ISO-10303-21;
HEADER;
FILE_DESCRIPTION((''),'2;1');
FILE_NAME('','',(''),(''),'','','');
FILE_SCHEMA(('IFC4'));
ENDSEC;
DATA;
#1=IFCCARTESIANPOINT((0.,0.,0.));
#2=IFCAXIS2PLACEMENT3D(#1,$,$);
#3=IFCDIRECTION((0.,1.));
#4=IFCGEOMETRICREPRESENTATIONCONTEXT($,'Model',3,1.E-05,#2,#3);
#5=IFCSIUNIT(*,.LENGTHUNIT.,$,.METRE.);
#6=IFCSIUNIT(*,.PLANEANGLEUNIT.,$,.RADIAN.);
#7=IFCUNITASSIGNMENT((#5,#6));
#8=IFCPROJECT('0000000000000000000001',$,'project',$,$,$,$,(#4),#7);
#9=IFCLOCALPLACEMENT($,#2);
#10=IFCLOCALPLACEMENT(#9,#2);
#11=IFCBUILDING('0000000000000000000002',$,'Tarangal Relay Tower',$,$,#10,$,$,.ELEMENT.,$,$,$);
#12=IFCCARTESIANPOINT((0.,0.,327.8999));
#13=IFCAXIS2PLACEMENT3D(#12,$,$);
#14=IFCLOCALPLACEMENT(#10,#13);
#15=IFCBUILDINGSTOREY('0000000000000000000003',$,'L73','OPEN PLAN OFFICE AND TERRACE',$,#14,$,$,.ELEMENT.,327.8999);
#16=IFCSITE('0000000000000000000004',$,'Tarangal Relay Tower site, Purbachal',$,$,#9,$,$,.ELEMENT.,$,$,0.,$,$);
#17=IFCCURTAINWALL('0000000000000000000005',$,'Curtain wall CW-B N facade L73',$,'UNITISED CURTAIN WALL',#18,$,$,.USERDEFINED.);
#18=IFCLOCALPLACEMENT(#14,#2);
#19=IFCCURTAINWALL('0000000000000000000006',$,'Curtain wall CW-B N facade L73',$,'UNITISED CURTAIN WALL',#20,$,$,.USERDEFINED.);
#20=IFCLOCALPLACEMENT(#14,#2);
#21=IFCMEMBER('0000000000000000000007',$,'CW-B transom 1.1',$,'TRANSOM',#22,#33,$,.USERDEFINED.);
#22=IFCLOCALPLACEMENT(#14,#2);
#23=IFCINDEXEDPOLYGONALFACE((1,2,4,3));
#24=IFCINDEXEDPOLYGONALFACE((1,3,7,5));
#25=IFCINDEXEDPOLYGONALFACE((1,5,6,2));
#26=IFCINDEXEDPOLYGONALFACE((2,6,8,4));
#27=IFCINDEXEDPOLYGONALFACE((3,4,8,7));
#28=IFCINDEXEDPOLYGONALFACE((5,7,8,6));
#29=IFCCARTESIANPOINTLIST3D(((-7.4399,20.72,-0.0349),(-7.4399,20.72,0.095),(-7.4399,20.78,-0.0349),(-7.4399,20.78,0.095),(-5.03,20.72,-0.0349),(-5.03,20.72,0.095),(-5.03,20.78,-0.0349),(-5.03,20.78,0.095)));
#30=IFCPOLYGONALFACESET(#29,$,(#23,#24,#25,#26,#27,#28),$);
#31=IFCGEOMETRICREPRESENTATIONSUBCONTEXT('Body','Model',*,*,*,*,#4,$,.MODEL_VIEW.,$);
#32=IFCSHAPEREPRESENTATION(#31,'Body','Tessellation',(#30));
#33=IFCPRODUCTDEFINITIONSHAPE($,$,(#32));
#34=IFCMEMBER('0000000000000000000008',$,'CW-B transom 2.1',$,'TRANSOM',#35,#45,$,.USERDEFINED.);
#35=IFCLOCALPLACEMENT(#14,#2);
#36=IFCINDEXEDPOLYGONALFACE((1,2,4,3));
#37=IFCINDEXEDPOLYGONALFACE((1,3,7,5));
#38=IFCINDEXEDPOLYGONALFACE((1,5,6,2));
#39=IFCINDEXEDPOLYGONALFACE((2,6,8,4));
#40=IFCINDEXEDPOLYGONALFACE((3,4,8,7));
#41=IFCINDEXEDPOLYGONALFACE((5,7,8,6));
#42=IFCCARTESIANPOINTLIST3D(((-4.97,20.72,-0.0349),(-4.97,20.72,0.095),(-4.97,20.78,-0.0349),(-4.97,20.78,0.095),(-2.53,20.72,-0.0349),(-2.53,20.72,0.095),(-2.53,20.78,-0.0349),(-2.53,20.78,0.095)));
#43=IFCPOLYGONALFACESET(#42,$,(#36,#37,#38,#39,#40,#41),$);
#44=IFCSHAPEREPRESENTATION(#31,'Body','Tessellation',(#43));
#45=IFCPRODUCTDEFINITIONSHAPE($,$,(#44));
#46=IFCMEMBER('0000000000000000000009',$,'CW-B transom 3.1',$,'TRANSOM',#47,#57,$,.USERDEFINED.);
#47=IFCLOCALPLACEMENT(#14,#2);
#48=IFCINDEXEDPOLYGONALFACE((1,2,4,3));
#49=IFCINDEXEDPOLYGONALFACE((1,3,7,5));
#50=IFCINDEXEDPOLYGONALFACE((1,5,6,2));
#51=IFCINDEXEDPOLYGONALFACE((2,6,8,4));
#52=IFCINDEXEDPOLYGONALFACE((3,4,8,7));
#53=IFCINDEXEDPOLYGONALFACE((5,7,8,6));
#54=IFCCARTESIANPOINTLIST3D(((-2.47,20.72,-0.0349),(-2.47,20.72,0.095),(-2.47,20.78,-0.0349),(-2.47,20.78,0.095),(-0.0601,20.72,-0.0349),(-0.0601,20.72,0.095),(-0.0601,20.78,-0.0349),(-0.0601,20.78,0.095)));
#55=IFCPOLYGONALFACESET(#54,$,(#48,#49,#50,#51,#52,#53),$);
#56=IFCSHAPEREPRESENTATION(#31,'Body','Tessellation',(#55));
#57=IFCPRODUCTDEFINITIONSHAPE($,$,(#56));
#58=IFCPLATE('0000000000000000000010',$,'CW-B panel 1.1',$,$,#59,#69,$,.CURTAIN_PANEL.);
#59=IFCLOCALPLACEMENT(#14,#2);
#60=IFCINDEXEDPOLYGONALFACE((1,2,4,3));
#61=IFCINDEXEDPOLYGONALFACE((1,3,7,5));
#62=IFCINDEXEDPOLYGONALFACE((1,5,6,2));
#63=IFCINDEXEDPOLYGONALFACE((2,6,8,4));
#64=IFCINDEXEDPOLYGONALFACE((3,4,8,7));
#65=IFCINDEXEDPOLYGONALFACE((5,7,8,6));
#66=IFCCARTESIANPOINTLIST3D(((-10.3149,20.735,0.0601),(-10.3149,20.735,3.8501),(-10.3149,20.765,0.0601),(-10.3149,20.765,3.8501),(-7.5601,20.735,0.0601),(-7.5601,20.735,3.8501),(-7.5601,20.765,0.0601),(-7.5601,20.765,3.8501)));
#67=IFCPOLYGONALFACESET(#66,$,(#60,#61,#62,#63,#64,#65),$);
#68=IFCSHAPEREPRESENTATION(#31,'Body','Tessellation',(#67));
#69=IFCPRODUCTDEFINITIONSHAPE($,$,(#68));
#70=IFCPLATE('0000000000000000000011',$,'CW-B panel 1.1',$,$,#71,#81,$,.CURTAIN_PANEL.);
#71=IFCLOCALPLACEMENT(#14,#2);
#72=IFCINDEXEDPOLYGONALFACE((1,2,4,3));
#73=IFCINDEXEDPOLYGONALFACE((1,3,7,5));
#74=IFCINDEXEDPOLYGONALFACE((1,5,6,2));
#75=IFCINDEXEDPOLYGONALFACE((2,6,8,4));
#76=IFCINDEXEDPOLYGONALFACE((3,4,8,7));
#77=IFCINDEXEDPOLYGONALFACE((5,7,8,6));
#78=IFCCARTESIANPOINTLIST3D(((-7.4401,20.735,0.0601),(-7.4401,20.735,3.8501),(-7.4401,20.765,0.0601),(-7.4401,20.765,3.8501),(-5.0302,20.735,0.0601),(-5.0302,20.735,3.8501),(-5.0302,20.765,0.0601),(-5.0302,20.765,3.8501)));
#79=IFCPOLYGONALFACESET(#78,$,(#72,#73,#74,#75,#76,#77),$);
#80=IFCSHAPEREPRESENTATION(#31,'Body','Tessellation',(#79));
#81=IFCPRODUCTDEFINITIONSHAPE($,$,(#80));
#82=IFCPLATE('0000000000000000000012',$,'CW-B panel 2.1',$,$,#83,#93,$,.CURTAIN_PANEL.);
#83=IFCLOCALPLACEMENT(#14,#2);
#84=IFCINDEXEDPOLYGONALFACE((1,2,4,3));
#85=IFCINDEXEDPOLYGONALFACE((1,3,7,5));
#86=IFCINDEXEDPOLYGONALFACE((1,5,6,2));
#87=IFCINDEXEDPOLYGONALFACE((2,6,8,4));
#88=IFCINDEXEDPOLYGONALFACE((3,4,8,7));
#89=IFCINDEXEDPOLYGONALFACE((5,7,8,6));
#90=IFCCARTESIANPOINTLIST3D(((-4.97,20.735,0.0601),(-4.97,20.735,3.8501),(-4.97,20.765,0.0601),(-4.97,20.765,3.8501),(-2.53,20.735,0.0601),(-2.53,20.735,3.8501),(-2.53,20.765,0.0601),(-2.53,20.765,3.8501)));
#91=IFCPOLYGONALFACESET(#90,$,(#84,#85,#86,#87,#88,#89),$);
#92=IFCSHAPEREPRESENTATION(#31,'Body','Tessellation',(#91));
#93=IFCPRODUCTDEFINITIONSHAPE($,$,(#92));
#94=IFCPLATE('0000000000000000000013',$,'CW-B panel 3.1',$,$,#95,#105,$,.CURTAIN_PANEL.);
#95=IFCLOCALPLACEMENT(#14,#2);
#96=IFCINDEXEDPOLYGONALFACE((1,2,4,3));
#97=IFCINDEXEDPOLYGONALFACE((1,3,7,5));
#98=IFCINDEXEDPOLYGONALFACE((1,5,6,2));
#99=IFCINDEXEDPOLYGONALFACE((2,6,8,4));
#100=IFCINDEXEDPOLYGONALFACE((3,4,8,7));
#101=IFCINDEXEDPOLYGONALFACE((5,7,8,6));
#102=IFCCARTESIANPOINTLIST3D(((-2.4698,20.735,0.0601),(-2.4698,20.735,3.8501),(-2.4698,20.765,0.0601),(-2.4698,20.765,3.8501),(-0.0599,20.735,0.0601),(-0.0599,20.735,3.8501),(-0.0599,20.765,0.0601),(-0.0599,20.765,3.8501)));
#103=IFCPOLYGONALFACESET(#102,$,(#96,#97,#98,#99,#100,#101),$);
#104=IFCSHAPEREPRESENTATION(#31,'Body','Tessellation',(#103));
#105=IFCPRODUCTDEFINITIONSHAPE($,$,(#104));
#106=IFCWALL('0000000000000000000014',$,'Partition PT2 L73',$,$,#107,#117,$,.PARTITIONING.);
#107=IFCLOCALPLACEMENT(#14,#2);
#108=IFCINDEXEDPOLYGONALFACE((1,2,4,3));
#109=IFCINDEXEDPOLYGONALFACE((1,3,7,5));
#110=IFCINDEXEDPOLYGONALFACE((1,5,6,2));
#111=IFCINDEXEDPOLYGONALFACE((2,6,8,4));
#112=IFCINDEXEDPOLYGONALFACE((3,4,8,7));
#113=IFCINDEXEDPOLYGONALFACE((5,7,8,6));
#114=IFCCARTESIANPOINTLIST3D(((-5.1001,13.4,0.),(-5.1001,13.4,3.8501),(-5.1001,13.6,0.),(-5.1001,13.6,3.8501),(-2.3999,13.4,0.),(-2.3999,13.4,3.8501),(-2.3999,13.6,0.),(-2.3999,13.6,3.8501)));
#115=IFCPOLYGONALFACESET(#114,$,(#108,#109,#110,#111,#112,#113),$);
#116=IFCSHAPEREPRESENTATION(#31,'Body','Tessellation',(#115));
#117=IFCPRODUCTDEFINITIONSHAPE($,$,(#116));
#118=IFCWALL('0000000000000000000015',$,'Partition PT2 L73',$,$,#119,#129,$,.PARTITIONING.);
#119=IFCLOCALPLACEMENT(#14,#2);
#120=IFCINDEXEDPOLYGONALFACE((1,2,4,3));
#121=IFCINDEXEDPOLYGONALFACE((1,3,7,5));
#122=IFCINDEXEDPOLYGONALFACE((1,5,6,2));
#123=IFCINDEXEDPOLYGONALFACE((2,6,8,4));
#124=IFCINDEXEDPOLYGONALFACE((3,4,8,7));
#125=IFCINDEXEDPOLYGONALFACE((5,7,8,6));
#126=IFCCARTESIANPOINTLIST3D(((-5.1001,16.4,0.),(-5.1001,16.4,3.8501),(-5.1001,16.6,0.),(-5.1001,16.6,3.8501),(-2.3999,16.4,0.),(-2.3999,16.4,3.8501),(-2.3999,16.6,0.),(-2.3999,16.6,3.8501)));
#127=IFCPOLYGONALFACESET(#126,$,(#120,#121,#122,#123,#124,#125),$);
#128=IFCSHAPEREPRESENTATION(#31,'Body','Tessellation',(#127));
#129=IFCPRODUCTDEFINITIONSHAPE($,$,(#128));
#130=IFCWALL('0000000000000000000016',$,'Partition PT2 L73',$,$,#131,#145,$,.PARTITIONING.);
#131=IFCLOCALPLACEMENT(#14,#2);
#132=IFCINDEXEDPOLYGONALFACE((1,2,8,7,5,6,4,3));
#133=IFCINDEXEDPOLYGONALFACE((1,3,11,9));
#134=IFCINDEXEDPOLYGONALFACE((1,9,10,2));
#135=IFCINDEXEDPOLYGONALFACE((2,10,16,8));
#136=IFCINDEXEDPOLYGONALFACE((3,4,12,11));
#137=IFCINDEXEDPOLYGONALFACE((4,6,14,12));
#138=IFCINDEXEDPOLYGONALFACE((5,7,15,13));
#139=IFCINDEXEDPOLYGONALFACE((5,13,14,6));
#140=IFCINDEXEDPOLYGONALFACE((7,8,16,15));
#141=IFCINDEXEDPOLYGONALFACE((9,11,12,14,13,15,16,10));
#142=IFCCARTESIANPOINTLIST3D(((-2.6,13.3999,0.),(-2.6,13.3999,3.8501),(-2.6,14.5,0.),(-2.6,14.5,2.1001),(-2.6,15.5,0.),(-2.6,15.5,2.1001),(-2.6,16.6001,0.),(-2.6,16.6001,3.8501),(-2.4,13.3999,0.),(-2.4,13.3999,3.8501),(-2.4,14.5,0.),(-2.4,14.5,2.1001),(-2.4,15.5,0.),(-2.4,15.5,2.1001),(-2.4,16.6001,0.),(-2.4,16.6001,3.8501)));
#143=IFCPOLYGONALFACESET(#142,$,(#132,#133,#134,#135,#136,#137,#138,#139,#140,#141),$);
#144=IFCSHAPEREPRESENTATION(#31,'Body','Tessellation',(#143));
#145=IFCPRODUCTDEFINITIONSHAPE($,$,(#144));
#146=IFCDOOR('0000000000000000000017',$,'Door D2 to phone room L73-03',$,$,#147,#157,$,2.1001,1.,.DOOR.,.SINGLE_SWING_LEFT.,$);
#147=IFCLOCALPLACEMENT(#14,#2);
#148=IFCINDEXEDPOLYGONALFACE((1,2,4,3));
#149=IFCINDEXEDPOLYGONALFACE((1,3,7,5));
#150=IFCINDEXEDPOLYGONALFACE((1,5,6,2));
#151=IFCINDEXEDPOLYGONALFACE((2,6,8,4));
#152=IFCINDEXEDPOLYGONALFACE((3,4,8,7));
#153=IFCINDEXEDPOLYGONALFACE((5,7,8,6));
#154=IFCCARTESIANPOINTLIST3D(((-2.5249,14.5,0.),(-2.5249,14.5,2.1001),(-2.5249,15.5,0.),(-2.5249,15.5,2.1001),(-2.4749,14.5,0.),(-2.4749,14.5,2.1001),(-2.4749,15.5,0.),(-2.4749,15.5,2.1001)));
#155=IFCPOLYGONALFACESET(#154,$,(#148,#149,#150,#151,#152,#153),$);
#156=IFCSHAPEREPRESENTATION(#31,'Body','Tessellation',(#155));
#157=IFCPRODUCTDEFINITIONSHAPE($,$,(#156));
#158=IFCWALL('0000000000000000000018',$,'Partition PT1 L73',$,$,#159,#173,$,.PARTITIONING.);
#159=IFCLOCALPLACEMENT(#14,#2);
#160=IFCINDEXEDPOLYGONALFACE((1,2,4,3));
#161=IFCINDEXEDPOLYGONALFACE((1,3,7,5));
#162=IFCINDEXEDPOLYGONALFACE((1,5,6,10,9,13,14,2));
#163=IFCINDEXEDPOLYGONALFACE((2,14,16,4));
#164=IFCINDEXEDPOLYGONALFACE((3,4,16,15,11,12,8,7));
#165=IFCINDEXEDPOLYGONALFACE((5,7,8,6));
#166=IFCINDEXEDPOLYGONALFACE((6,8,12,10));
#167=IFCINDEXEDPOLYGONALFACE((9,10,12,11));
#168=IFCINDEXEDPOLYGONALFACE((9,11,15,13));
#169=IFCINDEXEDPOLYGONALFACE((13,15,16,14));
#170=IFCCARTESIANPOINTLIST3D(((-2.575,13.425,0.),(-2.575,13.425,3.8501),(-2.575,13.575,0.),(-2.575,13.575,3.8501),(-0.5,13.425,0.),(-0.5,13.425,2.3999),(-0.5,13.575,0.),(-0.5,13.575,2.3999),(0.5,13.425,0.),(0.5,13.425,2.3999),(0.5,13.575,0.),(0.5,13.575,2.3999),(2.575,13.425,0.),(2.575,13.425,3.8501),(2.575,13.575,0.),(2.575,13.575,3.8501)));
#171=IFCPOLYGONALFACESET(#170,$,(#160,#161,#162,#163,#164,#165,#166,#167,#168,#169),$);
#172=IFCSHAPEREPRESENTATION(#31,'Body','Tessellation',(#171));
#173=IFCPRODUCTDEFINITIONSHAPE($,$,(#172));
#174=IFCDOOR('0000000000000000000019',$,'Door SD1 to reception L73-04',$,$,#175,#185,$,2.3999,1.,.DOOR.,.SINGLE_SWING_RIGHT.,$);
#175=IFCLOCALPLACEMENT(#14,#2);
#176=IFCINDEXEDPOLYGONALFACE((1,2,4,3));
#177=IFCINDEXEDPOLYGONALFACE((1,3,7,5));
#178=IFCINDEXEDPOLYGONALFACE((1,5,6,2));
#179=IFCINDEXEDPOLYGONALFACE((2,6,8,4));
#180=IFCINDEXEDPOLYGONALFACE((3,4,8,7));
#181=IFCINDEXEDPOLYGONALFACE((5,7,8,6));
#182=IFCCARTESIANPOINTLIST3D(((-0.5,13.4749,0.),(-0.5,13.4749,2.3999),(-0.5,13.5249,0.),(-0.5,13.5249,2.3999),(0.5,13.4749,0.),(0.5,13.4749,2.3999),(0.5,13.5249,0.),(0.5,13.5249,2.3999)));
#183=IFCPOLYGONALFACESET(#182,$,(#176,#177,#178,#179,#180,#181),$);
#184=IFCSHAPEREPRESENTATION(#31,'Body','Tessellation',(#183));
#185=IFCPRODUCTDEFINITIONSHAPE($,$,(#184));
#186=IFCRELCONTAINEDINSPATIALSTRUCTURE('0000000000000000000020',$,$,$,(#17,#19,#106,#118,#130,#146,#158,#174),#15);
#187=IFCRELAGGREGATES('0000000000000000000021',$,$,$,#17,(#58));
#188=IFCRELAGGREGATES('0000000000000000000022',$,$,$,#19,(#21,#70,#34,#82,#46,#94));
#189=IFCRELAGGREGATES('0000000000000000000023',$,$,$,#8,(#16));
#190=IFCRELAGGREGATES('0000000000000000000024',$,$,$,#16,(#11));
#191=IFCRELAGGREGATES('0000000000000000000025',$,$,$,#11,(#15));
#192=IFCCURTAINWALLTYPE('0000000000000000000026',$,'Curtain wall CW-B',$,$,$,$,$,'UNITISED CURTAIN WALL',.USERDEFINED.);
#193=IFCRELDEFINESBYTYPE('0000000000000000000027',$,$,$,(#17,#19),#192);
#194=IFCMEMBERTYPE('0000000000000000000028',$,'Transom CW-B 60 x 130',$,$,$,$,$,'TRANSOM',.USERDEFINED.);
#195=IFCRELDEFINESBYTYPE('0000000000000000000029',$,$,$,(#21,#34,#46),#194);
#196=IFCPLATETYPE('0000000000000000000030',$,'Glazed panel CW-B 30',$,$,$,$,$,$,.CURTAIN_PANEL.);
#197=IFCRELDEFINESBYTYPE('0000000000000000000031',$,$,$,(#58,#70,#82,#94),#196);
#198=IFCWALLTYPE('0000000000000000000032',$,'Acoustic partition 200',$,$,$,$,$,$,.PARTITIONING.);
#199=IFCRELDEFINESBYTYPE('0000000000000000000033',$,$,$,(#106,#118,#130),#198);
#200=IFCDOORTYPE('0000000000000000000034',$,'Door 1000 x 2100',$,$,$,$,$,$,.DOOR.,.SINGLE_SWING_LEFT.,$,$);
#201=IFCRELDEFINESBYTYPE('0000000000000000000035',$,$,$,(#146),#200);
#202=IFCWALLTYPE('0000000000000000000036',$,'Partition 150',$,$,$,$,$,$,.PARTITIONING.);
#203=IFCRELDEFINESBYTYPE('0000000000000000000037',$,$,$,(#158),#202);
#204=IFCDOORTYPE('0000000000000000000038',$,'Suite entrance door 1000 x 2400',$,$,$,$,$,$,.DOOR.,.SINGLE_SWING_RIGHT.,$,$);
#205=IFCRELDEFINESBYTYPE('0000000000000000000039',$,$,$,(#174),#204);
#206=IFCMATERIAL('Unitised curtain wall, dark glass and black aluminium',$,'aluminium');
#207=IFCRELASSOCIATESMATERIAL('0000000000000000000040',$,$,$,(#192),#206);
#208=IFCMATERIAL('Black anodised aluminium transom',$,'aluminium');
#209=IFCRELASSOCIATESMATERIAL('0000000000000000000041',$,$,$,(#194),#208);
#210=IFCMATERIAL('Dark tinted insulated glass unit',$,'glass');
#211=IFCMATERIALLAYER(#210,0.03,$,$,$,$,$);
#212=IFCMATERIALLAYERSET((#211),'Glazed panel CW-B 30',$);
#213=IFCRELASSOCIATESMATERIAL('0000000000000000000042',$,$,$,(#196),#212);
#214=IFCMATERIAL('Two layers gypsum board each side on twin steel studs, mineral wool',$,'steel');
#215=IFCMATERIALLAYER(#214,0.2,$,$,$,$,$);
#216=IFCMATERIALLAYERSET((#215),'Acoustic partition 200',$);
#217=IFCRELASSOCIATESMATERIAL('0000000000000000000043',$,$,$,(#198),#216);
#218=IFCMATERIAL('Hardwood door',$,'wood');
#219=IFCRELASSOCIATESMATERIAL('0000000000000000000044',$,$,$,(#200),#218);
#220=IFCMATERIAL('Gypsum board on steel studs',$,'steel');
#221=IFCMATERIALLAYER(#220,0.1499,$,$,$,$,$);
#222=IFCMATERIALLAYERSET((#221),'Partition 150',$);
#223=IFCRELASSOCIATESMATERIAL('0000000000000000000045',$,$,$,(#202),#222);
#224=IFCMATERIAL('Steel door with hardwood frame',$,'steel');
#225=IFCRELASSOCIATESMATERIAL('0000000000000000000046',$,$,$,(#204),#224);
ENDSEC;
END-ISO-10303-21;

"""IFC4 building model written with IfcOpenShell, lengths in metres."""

from ifc_helpers import new_model, si_unit, direction, frame, frame_2d, origin, origin_2d, place, context, subcontext, project, spatial, rectangle, extrude, material, layer, layer_set, material_profile, profile_set, type_object, element, fill, aggregate, save


model = new_model("IFC4")

# Units and contexts
model_context = context("Model", 3, precision=1e-05, world=origin(), true_north=direction((0.0, 1.0)))
body_context = subcontext(model_context, "Body", "Model", "MODEL_VIEW")
ifc_project = project(units=[si_unit("LENGTHUNIT", "METRE"), si_unit("PLANEANGLEUNIT", "RADIAN")], contexts=[model_context])

# Site, building, storey
site_placement = place(None, origin())
site = spatial("IfcSite", under=ifc_project, at=site_placement, Name="Tarangal Relay Tower site, Purbachal", CompositionType="ELEMENT", RefElevation=0.0)
building_placement = place(site_placement, origin())
building = spatial("IfcBuilding", under=site, at=building_placement, Name="Tarangal Relay Tower", CompositionType="ELEMENT")
storey_placement = place(building_placement, frame((0.0, 0.0, 327.8999)))
storey = spatial("IfcBuildingStorey", under=building, at=storey_placement, Name="L73", Description="OPEN PLAN OFFICE AND TERRACE", CompositionType="ELEMENT", Elevation=327.8999)

# Curtain walls
ifc_material_1 = material(Name="Unitised curtain wall, dark glass and black aluminium", Category="aluminium")
curtain_wall_type_1 = type_object("IfcCurtainWallType", Name="Curtain wall CW-B", ElementType="UNITISED CURTAIN WALL", PredefinedType="USERDEFINED", material=ifc_material_1)
curtain_wall_1_placement = place(storey_placement, origin())
curtain_wall_1 = element("IfcCurtainWall", 1, at=curtain_wall_1_placement, inside=storey, type_object=curtain_wall_type_1, Name="Curtain wall CW-B N facade L73", ObjectType="UNITISED CURTAIN WALL", PredefinedType="USERDEFINED")
curtain_wall_2_placement = place(storey_placement, origin())
curtain_wall_2 = element("IfcCurtainWall", 2, at=curtain_wall_2_placement, inside=storey, type_object=curtain_wall_type_1, Name="Curtain wall CW-B N facade L73", ObjectType="UNITISED CURTAIN WALL", PredefinedType="USERDEFINED")

# Members
ifc_material_2 = material(Name="Black anodised aluminium transom", Category="aluminium")
ifc_material_profile_1 = material_profile(ifc_material_2, rectangle(XDim=0.0601, YDim=0.1299, at=origin_2d()), Name="CW-BT 60X130")
ifc_profile_set_1 = profile_set([ifc_material_profile_1], Name="Black anodised aluminium transom")
member_type_1 = type_object("IfcMemberType", Name="Transom CW-B 60 x 130", ElementType="TRANSOM", PredefinedType="USERDEFINED", material=ifc_profile_set_1)
member_1_placement = place(storey_placement, frame((-7.4399, 20.75, 0.03), z_axis=(1.0, 0.0, 0.0), x_axis=(0.0, 1.0, 0.0)))
member_1 = element("IfcMember", 3, at=member_1_placement, type_object=member_type_1, Name="CW-B transom 1.1", ObjectType="TRANSOM", PredefinedType="USERDEFINED", context=body_context, shape_type="SweptSolid", body=[
    extrude(rectangle(XDim=0.0601, YDim=0.1299, at=origin_2d()), origin(), (0.0, 0.0, 1.0), 2.4099),
])
member_2_placement = place(storey_placement, frame((-4.97, 20.75, 0.03), z_axis=(1.0, 0.0, 0.0), x_axis=(0.0, 1.0, 0.0)))
member_2 = element("IfcMember", 4, at=member_2_placement, type_object=member_type_1, Name="CW-B transom 2.1", ObjectType="TRANSOM", PredefinedType="USERDEFINED", context=body_context, shape_type="SweptSolid", body=[
    extrude(rectangle(XDim=0.0601, YDim=0.1299, at=origin_2d()), origin(), (0.0, 0.0, 1.0), 2.4399),
])
member_3_placement = place(storey_placement, frame((-2.47, 20.75, 0.03), z_axis=(1.0, 0.0, 0.0), x_axis=(0.0, 1.0, 0.0)))
member_3 = element("IfcMember", 5, at=member_3_placement, type_object=member_type_1, Name="CW-B transom 3.1", ObjectType="TRANSOM", PredefinedType="USERDEFINED", context=body_context, shape_type="SweptSolid", body=[
    extrude(rectangle(XDim=0.0601, YDim=0.1299, at=origin_2d()), origin(), (0.0, 0.0, 1.0), 2.4099),
])

# Plates
ifc_material_3 = material(Name="Dark tinted insulated glass unit", Category="glass")
ifc_layer_1 = layer(ifc_material_3, 0.03)
ifc_layer_set_1 = layer_set([ifc_layer_1], Name="Glazed panel CW-B 30")
plate_type = type_object("IfcPlateType", Name="Glazed panel CW-B 30", PredefinedType="CURTAIN_PANEL", material=ifc_layer_set_1)
plate_1_placement = place(storey_placement, frame((-8.9375, 20.75, 0.0601), z_axis=(0.0, 0.0, 1.0), x_axis=(1.0, 0.0, 0.0)))
plate_1 = element("IfcPlate", 6, at=plate_1_placement, type_object=plate_type, Name="CW-B panel 1.1", PredefinedType="CURTAIN_PANEL", context=body_context, shape_type="SweptSolid", body=[
    extrude(rectangle(XDim=2.7549, YDim=0.03, at=origin_2d()), origin(), (0.0, 0.0, 1.0), 3.79),
])
aggregate(curtain_wall_1, [plate_1])
plate_2_placement = place(storey_placement, frame((-6.2351, 20.75, 0.0601), z_axis=(0.0, 0.0, 1.0), x_axis=(1.0, 0.0, 0.0)))
plate_2 = element("IfcPlate", 7, at=plate_2_placement, type_object=plate_type, Name="CW-B panel 1.1", PredefinedType="CURTAIN_PANEL", context=body_context, shape_type="SweptSolid", body=[
    extrude(rectangle(XDim=2.4099, YDim=0.03, at=origin_2d()), origin(), (0.0, 0.0, 1.0), 3.79),
])
plate_3_placement = place(storey_placement, frame((-3.75, 20.75, 0.0601), z_axis=(0.0, 0.0, 1.0), x_axis=(1.0, 0.0, 0.0)))
plate_3 = element("IfcPlate", 8, at=plate_3_placement, type_object=plate_type, Name="CW-B panel 2.1", PredefinedType="CURTAIN_PANEL", context=body_context, shape_type="SweptSolid", body=[
    extrude(rectangle(XDim=2.4399, YDim=0.03, at=origin_2d()), origin(), (0.0, 0.0, 1.0), 3.79),
])
plate_4_placement = place(storey_placement, frame((-1.2649, 20.75, 0.0601), z_axis=(0.0, 0.0, 1.0), x_axis=(1.0, 0.0, 0.0)))
plate_4 = element("IfcPlate", 9, at=plate_4_placement, type_object=plate_type, Name="CW-B panel 3.1", PredefinedType="CURTAIN_PANEL", context=body_context, shape_type="SweptSolid", body=[
    extrude(rectangle(XDim=2.4099, YDim=0.03, at=origin_2d()), origin(), (0.0, 0.0, 1.0), 3.79),
])
aggregate(curtain_wall_2, [member_1, plate_2, member_2, plate_3, member_3, plate_4])

# Walls
ifc_material_4 = material(Name="Two layers gypsum board each side on twin steel studs, mineral wool", Category="steel")
ifc_layer_2 = layer(ifc_material_4, 0.2)
ifc_layer_set_2 = layer_set([ifc_layer_2], Name="Acoustic partition 200")
wall_type_1 = type_object("IfcWallType", Name="Acoustic partition 200", PredefinedType="PARTITIONING", material=ifc_layer_set_2)
for number, where, z_axis, x_axis, name in (
    (10, (-5.1001, 13.5, 0.0), (0.0, 0.0, 1.0), (1.0, 0.0, 0.0), "Partition PT2 L73"),
    (11, (-5.1001, 16.5, 0.0), (0.0, 0.0, 1.0), (1.0, 0.0, 0.0), "Partition PT2 L73"),
):
    element("IfcWall", number, at=place(storey_placement, frame(where, z_axis=z_axis, x_axis=x_axis)), inside=storey, type_object=wall_type_1, Name=name, PredefinedType="PARTITIONING", context=body_context, shape_type="SweptSolid", body=[
        extrude(rectangle(XDim=2.7002, YDim=0.2, at=frame_2d((1.3501, 0.0))), origin(), (0.0, 0.0, 1.0), 3.8501),
    ])

# Walls, openings, doors
wall_1_placement = place(storey_placement, frame((-2.5, 13.3999, 0.0), z_axis=(0.0, 0.0, 1.0), x_axis=(0.0, 1.0, 0.0)))
wall_1 = element("IfcWall", 12, at=wall_1_placement, inside=storey, type_object=wall_type_1, Name="Partition PT2 L73", PredefinedType="PARTITIONING", context=body_context, shape_type="SweptSolid", body=[
    extrude(rectangle(XDim=3.2002, YDim=0.2, at=frame_2d((1.6001, 0.0))), origin(), (0.0, 0.0, 1.0), 3.8501),
])
opening_1_placement = place(wall_1_placement, frame((1.1001, 0.0, 0.0)))
opening_1 = element("IfcOpeningElement", 13, at=opening_1_placement, cuts=wall_1, PredefinedType="OPENING", context=body_context, shape_type="SweptSolid", body=[
    extrude(rectangle(XDim=1.0, YDim=2.1001, at=frame_2d((0.5, 1.05))), frame((0.0, 0.1099, 0.0), z_axis=(0.0, -1.0, 0.0), x_axis=(1.0, 0.0, 0.0)), (0.0, 0.0, 1.0), 0.22),
])
ifc_material_5 = material(Name="Hardwood door", Category="wood")
door_type_1 = type_object("IfcDoorType", Name="Door 1000 x 2100", OperationType="SINGLE_SWING_LEFT", PredefinedType="DOOR", material=ifc_material_5)
door_1_placement = place(opening_1_placement, origin())
door_1 = element("IfcDoor", 14, at=door_1_placement, inside=storey, type_object=door_type_1, Name="Door D2 to phone room L73-03", OperationType="SINGLE_SWING_LEFT", OverallHeight=2.1001, OverallWidth=1.0, PredefinedType="DOOR", context=body_context, shape_type="SweptSolid", body=[
    extrude(rectangle(XDim=1.0, YDim=2.1001, at=frame_2d((0.5, 1.05))), frame((0.0, 0.0249, 0.0), z_axis=(0.0, -1.0, 0.0), x_axis=(1.0, 0.0, 0.0)), (0.0, 0.0, 1.0), 0.05),
])
fill(opening_1, door_1)
ifc_material_6 = material(Name="Gypsum board on steel studs", Category="steel")
ifc_layer_3 = layer(ifc_material_6, 0.1499)
ifc_layer_set_3 = layer_set([ifc_layer_3], Name="Partition 150")
wall_type_2 = type_object("IfcWallType", Name="Partition 150", PredefinedType="PARTITIONING", material=ifc_layer_set_3)
wall_2_placement = place(storey_placement, frame((-2.575, 13.5, 0.0), z_axis=(0.0, 0.0, 1.0), x_axis=(1.0, 0.0, 0.0)))
wall_2 = element("IfcWall", 15, at=wall_2_placement, inside=storey, type_object=wall_type_2, Name="Partition PT1 L73", PredefinedType="PARTITIONING", context=body_context, shape_type="SweptSolid", body=[
    extrude(rectangle(XDim=5.1499, YDim=0.1499, at=frame_2d((2.575, 0.0))), origin(), (0.0, 0.0, 1.0), 3.8501),
])
opening_2_placement = place(wall_2_placement, frame((2.075, 0.0, 0.0)))
opening_2 = element("IfcOpeningElement", 16, at=opening_2_placement, cuts=wall_2, PredefinedType="OPENING", context=body_context, shape_type="SweptSolid", body=[
    extrude(rectangle(XDim=1.0, YDim=2.3999, at=frame_2d((0.5, 1.2))), frame((0.0, 0.085, 0.0), z_axis=(0.0, -1.0, 0.0), x_axis=(1.0, 0.0, 0.0)), (0.0, 0.0, 1.0), 0.1699),
])
ifc_material_7 = material(Name="Steel door with hardwood frame", Category="steel")
door_type_2 = type_object("IfcDoorType", Name="Suite entrance door 1000 x 2400", OperationType="SINGLE_SWING_RIGHT", PredefinedType="DOOR", material=ifc_material_7)
door_2_placement = place(opening_2_placement, origin())
door_2 = element("IfcDoor", 17, at=door_2_placement, inside=storey, type_object=door_type_2, Name="Door SD1 to reception L73-04", OperationType="SINGLE_SWING_RIGHT", OverallHeight=2.3999, OverallWidth=1.0, PredefinedType="DOOR", context=body_context, shape_type="SweptSolid", body=[
    extrude(rectangle(XDim=1.0, YDim=2.3999, at=frame_2d((0.5, 1.2))), frame((0.0, 0.0249, 0.0), z_axis=(0.0, -1.0, 0.0), x_axis=(1.0, 0.0, 0.0)), (0.0, 0.0, 1.0), 0.05),
])
fill(opening_2, door_2)

save(model, "model.ifc")
